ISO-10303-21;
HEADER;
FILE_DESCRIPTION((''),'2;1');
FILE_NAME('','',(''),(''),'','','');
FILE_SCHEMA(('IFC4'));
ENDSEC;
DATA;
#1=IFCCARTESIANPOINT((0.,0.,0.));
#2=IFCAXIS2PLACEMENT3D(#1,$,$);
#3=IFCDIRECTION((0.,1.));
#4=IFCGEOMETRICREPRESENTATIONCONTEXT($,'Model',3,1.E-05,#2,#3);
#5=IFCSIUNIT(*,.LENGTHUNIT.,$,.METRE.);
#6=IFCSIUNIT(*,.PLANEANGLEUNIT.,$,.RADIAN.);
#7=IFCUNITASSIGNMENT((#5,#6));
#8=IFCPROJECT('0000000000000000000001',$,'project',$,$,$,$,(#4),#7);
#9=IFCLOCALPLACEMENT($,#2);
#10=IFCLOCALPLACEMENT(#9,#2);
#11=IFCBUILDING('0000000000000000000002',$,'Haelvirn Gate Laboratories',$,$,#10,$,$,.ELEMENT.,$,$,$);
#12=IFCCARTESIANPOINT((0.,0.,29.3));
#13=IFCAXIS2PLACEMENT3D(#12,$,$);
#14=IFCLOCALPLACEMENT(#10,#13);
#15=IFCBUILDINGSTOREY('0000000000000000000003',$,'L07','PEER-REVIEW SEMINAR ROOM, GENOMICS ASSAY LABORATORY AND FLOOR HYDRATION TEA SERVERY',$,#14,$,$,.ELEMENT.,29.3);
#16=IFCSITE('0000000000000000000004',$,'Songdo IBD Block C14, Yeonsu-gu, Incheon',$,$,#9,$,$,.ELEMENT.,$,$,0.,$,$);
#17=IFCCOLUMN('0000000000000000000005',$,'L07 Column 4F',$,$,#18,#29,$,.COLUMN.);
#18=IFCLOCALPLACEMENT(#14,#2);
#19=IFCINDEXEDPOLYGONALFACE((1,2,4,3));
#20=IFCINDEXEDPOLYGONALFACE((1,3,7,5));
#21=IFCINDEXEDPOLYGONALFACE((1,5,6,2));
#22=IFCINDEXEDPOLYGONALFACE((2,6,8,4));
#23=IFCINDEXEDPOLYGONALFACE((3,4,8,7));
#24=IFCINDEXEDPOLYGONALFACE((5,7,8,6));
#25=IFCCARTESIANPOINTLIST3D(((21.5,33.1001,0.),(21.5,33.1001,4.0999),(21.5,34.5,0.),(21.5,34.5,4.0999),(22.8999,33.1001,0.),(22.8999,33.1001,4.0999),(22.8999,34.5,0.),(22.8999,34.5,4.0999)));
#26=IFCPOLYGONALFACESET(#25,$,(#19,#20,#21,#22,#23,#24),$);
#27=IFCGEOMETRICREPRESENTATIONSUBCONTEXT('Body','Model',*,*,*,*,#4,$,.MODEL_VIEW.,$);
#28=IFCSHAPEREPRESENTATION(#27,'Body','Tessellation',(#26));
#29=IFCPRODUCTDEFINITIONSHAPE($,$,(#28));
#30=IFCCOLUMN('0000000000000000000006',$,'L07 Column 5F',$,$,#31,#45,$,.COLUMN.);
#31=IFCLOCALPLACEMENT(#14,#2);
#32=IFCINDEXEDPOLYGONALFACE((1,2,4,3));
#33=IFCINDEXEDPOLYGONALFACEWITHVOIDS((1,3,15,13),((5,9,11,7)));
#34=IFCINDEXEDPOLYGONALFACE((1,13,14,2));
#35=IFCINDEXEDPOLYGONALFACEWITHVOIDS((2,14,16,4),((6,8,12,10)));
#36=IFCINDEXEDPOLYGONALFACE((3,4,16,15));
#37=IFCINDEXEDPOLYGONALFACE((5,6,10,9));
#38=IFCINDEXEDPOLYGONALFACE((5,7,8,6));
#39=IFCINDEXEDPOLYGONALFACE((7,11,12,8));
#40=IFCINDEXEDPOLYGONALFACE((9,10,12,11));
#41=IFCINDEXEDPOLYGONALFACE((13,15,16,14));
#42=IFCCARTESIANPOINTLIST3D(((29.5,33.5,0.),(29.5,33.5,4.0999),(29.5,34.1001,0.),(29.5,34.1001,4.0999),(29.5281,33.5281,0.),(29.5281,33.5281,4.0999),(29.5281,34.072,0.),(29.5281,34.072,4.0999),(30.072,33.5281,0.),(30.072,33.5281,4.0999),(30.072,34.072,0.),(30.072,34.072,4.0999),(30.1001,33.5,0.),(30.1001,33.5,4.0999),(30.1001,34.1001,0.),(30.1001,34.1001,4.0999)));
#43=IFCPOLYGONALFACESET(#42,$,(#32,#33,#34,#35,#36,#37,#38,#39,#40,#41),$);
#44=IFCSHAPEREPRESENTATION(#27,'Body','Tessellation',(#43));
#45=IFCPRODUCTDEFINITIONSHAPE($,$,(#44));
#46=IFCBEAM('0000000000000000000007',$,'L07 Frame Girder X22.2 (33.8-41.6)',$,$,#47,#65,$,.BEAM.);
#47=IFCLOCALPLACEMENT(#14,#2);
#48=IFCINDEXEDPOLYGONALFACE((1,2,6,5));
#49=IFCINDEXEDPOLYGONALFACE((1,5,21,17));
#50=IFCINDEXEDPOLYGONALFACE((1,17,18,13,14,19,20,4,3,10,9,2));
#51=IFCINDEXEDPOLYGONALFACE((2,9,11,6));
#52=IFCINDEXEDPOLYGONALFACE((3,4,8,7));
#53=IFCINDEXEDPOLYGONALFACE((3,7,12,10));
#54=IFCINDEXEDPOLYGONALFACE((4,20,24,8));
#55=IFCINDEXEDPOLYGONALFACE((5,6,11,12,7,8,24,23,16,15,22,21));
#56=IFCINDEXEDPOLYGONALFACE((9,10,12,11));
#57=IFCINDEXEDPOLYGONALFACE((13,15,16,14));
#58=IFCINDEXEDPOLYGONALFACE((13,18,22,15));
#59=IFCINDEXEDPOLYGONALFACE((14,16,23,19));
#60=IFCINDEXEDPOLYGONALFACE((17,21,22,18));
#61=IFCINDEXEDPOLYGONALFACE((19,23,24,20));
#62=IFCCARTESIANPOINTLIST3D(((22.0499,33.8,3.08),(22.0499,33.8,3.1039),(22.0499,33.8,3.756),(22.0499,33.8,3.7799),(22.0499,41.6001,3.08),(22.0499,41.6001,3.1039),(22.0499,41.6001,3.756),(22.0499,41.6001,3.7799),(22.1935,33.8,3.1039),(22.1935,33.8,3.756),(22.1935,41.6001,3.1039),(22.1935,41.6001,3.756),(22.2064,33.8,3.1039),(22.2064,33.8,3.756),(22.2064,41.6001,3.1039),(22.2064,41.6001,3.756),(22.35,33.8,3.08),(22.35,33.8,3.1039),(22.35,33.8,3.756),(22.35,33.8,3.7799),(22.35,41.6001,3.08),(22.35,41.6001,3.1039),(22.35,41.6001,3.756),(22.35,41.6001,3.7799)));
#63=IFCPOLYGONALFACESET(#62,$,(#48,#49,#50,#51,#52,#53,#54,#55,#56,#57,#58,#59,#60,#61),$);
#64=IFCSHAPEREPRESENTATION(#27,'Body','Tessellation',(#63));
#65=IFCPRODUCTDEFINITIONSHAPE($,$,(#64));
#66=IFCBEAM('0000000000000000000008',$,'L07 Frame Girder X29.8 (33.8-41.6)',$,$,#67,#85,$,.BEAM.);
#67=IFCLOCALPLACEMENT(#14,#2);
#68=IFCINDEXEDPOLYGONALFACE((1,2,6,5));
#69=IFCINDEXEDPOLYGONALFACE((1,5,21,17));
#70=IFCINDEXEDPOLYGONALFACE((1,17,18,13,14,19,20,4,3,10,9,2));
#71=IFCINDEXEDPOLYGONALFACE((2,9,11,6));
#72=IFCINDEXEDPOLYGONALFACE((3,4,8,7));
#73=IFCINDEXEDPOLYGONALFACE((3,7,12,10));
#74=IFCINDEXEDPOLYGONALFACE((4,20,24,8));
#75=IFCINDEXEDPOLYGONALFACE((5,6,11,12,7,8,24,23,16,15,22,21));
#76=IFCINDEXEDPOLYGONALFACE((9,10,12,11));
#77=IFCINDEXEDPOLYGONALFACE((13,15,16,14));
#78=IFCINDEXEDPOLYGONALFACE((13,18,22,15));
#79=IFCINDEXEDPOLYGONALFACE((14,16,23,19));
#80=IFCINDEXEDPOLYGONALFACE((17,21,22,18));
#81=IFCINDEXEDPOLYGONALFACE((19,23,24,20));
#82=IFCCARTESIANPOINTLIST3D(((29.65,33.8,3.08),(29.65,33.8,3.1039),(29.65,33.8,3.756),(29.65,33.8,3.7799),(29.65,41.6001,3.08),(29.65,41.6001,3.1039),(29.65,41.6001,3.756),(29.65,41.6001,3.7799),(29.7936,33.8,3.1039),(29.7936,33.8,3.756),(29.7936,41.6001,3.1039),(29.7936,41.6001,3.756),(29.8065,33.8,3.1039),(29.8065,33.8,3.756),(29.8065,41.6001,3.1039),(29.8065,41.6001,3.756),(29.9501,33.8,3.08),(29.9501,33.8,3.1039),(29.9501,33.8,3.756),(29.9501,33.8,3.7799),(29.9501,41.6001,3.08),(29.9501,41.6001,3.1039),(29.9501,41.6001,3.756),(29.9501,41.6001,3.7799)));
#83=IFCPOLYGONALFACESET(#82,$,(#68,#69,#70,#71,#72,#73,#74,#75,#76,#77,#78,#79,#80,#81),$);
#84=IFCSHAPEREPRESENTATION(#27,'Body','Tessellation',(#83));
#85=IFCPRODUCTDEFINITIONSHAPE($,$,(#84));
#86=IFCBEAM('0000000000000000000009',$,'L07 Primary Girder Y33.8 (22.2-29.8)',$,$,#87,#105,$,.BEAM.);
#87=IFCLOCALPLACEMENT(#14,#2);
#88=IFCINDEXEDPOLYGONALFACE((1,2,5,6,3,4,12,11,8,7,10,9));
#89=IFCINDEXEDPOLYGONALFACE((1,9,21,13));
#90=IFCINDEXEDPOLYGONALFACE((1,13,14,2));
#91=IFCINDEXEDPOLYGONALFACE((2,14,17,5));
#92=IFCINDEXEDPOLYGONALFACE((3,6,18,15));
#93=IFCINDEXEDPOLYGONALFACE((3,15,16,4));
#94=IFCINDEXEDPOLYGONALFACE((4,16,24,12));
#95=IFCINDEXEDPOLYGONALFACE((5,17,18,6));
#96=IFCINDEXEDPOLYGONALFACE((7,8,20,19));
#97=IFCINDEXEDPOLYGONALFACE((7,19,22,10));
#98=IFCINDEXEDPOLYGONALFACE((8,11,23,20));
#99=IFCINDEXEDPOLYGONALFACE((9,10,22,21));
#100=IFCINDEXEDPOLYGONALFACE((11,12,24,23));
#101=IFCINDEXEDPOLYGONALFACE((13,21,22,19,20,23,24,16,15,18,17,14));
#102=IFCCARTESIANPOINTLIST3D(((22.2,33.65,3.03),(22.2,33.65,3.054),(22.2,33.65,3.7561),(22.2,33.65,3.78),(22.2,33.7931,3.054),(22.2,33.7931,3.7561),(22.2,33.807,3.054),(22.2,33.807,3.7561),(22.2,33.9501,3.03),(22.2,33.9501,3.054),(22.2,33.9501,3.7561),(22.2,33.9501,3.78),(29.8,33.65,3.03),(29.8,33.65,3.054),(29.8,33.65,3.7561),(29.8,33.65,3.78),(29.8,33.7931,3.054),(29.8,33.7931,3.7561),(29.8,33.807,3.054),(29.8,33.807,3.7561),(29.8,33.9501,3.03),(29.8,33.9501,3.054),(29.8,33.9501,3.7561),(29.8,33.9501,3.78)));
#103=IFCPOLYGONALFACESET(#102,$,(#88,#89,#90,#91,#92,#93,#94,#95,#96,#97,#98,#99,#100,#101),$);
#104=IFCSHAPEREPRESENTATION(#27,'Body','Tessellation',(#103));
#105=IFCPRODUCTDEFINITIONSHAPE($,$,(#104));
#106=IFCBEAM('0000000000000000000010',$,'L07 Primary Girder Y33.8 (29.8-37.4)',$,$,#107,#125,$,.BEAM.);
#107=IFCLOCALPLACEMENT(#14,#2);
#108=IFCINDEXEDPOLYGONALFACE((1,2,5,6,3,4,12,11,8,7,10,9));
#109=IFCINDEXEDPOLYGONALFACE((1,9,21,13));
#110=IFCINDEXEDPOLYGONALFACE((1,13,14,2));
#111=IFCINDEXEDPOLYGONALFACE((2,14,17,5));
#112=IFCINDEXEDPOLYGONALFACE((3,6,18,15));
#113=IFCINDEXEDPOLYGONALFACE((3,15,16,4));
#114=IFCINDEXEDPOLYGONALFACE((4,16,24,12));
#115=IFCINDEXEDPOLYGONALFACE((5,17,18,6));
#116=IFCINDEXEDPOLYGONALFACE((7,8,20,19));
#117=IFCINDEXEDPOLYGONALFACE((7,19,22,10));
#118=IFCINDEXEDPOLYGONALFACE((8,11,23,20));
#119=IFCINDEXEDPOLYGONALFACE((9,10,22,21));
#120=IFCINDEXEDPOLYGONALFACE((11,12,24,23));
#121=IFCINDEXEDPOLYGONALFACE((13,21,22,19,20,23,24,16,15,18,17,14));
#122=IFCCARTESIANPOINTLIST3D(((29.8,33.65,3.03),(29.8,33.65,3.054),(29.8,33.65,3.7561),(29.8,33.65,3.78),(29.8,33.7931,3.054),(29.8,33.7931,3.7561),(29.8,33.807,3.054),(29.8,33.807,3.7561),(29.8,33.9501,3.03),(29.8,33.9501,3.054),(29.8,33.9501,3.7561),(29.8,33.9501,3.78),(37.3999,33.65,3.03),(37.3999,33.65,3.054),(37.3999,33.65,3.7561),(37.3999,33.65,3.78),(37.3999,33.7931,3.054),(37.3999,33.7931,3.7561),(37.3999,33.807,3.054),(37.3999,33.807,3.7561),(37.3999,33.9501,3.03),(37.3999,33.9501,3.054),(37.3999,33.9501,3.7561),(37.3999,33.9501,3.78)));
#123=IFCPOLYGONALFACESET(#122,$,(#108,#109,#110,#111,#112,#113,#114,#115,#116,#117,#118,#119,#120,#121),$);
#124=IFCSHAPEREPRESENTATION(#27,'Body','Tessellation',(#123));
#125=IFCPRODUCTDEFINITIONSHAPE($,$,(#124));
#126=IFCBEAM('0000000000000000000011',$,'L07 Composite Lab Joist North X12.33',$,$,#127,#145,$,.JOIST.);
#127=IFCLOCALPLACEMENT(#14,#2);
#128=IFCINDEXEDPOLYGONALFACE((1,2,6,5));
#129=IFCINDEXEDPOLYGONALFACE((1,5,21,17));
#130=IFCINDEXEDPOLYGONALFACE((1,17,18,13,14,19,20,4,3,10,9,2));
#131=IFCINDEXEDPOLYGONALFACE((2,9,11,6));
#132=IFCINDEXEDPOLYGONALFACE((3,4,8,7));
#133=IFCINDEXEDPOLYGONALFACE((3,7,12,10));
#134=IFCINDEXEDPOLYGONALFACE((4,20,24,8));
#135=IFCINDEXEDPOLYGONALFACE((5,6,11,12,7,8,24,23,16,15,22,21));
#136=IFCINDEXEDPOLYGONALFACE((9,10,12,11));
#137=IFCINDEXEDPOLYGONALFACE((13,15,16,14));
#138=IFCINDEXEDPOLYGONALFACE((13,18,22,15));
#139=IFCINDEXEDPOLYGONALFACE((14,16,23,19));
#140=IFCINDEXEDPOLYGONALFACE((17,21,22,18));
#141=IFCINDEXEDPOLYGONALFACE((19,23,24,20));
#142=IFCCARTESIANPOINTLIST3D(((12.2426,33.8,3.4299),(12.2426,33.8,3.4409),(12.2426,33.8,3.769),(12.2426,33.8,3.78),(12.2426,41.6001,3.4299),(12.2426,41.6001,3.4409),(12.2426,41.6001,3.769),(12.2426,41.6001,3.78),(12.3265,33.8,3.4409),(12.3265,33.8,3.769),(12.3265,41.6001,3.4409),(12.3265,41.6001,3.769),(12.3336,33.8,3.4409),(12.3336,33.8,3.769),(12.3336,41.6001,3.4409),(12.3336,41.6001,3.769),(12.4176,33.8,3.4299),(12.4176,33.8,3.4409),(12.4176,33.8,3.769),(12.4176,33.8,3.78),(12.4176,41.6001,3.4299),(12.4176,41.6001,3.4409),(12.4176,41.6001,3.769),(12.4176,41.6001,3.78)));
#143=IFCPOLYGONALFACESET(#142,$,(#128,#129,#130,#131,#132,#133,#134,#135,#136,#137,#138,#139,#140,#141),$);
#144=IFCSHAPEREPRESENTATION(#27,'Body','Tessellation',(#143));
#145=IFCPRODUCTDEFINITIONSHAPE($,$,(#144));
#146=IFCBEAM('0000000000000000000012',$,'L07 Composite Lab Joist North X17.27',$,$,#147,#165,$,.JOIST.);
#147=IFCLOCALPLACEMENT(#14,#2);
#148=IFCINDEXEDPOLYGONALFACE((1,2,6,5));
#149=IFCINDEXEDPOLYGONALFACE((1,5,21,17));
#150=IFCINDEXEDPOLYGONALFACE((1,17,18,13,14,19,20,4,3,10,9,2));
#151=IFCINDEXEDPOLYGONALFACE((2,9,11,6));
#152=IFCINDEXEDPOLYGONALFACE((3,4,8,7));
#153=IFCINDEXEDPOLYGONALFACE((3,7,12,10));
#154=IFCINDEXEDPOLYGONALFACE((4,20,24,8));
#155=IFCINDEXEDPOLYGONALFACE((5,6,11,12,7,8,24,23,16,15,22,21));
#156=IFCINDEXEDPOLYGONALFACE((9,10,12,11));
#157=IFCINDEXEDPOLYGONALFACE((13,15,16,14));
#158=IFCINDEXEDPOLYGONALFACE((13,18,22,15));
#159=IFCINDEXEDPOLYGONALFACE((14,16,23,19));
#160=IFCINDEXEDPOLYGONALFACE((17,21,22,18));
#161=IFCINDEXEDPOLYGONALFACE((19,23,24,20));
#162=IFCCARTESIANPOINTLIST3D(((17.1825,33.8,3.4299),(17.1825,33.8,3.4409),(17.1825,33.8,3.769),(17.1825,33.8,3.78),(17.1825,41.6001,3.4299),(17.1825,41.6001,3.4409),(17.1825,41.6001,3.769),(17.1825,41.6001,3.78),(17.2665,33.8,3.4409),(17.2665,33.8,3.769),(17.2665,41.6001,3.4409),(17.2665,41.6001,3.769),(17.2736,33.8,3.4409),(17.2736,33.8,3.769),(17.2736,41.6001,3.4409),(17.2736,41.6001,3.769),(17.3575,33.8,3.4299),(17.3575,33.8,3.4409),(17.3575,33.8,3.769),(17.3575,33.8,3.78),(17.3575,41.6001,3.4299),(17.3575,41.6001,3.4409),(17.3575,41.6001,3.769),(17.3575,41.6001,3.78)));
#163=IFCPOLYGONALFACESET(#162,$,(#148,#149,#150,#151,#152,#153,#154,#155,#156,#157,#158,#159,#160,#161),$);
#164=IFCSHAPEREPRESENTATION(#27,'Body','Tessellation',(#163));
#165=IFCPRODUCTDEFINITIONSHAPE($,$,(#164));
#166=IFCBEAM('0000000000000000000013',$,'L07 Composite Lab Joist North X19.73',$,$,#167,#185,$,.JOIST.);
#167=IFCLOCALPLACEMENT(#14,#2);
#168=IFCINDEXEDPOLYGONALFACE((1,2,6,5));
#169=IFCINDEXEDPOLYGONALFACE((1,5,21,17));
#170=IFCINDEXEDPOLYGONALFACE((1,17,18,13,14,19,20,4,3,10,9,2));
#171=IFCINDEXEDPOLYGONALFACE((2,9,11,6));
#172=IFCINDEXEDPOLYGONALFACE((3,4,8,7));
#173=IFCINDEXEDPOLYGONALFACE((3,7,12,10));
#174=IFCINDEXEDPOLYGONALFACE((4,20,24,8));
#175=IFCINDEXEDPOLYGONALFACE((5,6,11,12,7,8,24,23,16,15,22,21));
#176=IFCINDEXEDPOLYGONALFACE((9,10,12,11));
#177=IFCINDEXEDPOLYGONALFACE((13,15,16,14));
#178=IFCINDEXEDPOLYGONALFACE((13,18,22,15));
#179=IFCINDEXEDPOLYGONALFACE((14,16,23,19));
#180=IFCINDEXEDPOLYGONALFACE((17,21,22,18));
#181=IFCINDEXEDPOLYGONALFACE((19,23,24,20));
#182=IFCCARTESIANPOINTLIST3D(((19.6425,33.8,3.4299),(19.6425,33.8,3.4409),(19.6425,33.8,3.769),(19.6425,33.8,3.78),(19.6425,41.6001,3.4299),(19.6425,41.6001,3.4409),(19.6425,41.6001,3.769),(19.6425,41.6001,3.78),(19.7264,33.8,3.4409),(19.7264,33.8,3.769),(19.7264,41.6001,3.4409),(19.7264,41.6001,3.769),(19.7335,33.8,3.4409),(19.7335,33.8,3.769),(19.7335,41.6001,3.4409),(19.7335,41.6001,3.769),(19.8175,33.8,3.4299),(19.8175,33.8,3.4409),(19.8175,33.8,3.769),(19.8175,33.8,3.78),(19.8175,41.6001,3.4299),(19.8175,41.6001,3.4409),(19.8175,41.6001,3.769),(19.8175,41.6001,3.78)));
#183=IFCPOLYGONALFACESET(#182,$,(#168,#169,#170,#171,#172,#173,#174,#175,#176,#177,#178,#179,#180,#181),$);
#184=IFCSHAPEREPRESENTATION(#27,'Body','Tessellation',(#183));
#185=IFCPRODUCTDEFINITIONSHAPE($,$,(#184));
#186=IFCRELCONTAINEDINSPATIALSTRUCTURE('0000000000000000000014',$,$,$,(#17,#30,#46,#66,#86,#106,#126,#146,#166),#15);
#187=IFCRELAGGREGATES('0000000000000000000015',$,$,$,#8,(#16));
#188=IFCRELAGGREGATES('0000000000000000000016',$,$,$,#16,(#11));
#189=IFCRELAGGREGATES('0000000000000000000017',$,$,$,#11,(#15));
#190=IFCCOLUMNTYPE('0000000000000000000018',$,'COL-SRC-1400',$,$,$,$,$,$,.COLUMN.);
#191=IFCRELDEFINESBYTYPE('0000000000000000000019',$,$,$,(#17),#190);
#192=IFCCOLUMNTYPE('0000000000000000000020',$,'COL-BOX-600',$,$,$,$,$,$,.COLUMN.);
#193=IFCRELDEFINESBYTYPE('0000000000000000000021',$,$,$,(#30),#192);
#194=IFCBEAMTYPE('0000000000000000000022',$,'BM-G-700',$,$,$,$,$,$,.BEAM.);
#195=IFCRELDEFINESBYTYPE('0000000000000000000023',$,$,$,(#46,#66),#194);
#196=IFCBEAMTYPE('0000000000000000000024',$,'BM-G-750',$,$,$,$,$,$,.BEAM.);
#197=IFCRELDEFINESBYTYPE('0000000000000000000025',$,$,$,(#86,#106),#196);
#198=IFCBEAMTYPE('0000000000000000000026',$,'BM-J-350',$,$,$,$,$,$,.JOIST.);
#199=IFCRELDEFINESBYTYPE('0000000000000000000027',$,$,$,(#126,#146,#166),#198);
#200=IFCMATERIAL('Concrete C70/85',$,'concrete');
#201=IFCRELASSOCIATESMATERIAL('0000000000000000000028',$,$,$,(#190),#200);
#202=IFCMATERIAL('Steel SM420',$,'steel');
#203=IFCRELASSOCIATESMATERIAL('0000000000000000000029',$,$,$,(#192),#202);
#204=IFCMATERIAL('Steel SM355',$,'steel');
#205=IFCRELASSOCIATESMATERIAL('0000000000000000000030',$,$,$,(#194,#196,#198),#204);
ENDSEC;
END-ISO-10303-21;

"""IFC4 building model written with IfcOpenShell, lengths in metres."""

from ifc_helpers import new_model, si_unit, direction, frame, origin, origin_2d, place, context, subcontext, project, spatial, rectangle, hollow_rectangle, i_section, extrude, source, transform, mapped, material, material_profile, profile_set, type_object, type_shapes, element, save


model = new_model("IFC4")

# Units and contexts
model_context = context("Model", 3, precision=1e-05, world=origin(), true_north=direction((0.0, 1.0)))
body_context = subcontext(model_context, "Body", "Model", "MODEL_VIEW")
ifc_project = project(units=[si_unit("LENGTHUNIT", "METRE"), si_unit("PLANEANGLEUNIT", "RADIAN")], contexts=[model_context])

# Site, building, storey
site_placement = place(None, origin())
site = spatial("IfcSite", under=ifc_project, at=site_placement, Name="Songdo IBD Block C14, Yeonsu-gu, Incheon", CompositionType="ELEMENT", RefElevation=0.0)
building_placement = place(site_placement, origin())
building = spatial("IfcBuilding", under=site, at=building_placement, Name="Haelvirn Gate Laboratories", CompositionType="ELEMENT")
storey_placement = place(building_placement, frame((0.0, 0.0, 29.3)))
storey = spatial("IfcBuildingStorey", under=building, at=storey_placement, Name="L07", Description="PEER-REVIEW SEMINAR ROOM, GENOMICS ASSAY LABORATORY AND FLOOR HYDRATION TEA SERVERY", CompositionType="ELEMENT", Elevation=29.3)

# Columns
ifc_material_1 = material(Name="Concrete C70/85", Category="concrete")
ifc_material_profile_1 = material_profile(ifc_material_1, rectangle(XDim=1.3999, YDim=1.3999, at=origin_2d()), Name="SRC-1400x1400")
ifc_profile_set_1 = profile_set([ifc_material_profile_1], Name="Concrete C70/85")
column_type_1 = type_object("IfcColumnType", Name="COL-SRC-1400", PredefinedType="COLUMN", material=ifc_profile_set_1)
shared_shape_1 = source(origin(), body_context, "Body", "SweptSolid", [
    extrude(rectangle(XDim=1.3999, YDim=1.3999, at=origin_2d()), origin(), (0.0, 0.0, 1.0), 4.0999),
])
type_shapes(column_type_1, [shared_shape_1])
column_1_placement = place(storey_placement, frame((22.2, 33.8, 0.0), z_axis=(0.0, 0.0, 1.0), x_axis=(1.0, 0.0, 0.0)))
element("IfcColumn", 1, at=column_1_placement, inside=storey, type_object=column_type_1, Name="L07 Column 4F", PredefinedType="COLUMN", context=body_context, shape_type="MappedRepresentation", body=[
    mapped(shared_shape_1, transform((0.0, 0.0, 0.0), scale=1.0)),
])
ifc_material_2 = material(Name="Steel SM420", Category="steel")
ifc_material_profile_2 = material_profile(ifc_material_2, hollow_rectangle(XDim=0.6001, YDim=0.6001, WallThickness=0.0281, at=origin_2d()), Name="BOX-600x600x28")
ifc_profile_set_2 = profile_set([ifc_material_profile_2], Name="Steel SM420")
column_type_2 = type_object("IfcColumnType", Name="COL-BOX-600", PredefinedType="COLUMN", material=ifc_profile_set_2)
shared_shape_2 = source(origin(), body_context, "Body", "SweptSolid", [
    extrude(hollow_rectangle(XDim=0.6001, YDim=0.6001, WallThickness=0.0281, at=origin_2d()), origin(), (0.0, 0.0, 1.0), 4.0999),
])
type_shapes(column_type_2, [shared_shape_2])
column_2_placement = place(storey_placement, frame((29.8, 33.8, 0.0), z_axis=(0.0, 0.0, 1.0), x_axis=(1.0, 0.0, 0.0)))
element("IfcColumn", 2, at=column_2_placement, inside=storey, type_object=column_type_2, Name="L07 Column 5F", PredefinedType="COLUMN", context=body_context, shape_type="MappedRepresentation", body=[
    mapped(shared_shape_2, transform((0.0, 0.0, 0.0), scale=1.0)),
])

# Beams
ifc_material_3 = material(Name="Steel SM355", Category="steel")
ifc_material_profile_3 = material_profile(ifc_material_3, i_section(OverallWidth=0.3, OverallDepth=0.7, WebThickness=0.0129, FlangeThickness=0.0239, at=origin_2d()), Name="H-700x300x13x24")
ifc_profile_set_3 = profile_set([ifc_material_profile_3], Name="Steel SM355")
beam_type_1 = type_object("IfcBeamType", Name="BM-G-700", PredefinedType="BEAM", material=ifc_profile_set_3)
shared_shape_3 = source(origin(), body_context, "Body", "SweptSolid", [
    extrude(i_section(OverallWidth=0.3, OverallDepth=0.7, WebThickness=0.0129, FlangeThickness=0.0239, at=origin_2d()), origin(), (0.0, 0.0, 1.0), 7.8),
])
type_shapes(beam_type_1, [shared_shape_3])
for number, where, z_axis, x_axis, name in (
    (3, (22.2, 33.8, 3.4299), (0.0, 1.0, 0.0), (-1.0, 0.0, 0.0), "L07 Frame Girder X22.2 (33.8-41.6)"),
    (4, (29.8, 33.8, 3.4299), (0.0, 1.0, 0.0), (-1.0, 0.0, 0.0), "L07 Frame Girder X29.8 (33.8-41.6)"),
):
    element("IfcBeam", number, at=place(storey_placement, frame(where, z_axis=z_axis, x_axis=x_axis)), inside=storey, type_object=beam_type_1, Name=name, PredefinedType="BEAM", context=body_context, shape_type="MappedRepresentation", body=[
        mapped(shared_shape_3, transform((0.0, 0.0, 0.0), scale=1.0)),
    ])
ifc_material_profile_4 = material_profile(ifc_material_3, i_section(OverallWidth=0.3, OverallDepth=0.75, WebThickness=0.0139, FlangeThickness=0.0239, at=origin_2d()), Name="H-750x300x14x24")
ifc_profile_set_4 = profile_set([ifc_material_profile_4], Name="Steel SM355")
beam_type_2 = type_object("IfcBeamType", Name="BM-G-750", PredefinedType="BEAM", material=ifc_profile_set_4)
shared_shape_4 = source(origin(), body_context, "Body", "SweptSolid", [
    extrude(i_section(OverallWidth=0.3, OverallDepth=0.75, WebThickness=0.0139, FlangeThickness=0.0239, at=origin_2d()), origin(), (0.0, 0.0, 1.0), 7.6001),
])
beam_1_placement = place(storey_placement, frame((22.2, 33.8, 3.405), z_axis=(1.0, 0.0, 0.0), x_axis=(0.0, 1.0, 0.0)))
element("IfcBeam", 5, at=beam_1_placement, inside=storey, type_object=beam_type_2, Name="L07 Primary Girder Y33.8 (22.2-29.8)", PredefinedType="BEAM", context=body_context, shape_type="MappedRepresentation", body=[
    mapped(shared_shape_4, transform((0.0, 0.0, 0.0), scale=1.0)),
])
shared_shape_5 = source(origin(), body_context, "Body", "SweptSolid", [
    extrude(i_section(OverallWidth=0.3, OverallDepth=0.75, WebThickness=0.0139, FlangeThickness=0.0239, at=origin_2d()), origin(), (0.0, 0.0, 1.0), 7.5999),
])
type_shapes(beam_type_2, [shared_shape_4, shared_shape_5])
beam_2_placement = place(storey_placement, frame((29.8, 33.8, 3.405), z_axis=(1.0, 0.0, 0.0), x_axis=(0.0, 1.0, 0.0)))
element("IfcBeam", 6, at=beam_2_placement, inside=storey, type_object=beam_type_2, Name="L07 Primary Girder Y33.8 (29.8-37.4)", PredefinedType="BEAM", context=body_context, shape_type="MappedRepresentation", body=[
    mapped(shared_shape_5, transform((0.0, 0.0, 0.0), scale=1.0)),
])
ifc_material_profile_5 = material_profile(ifc_material_3, i_section(OverallWidth=0.175, OverallDepth=0.3501, WebThickness=0.0071, FlangeThickness=0.011, at=origin_2d()), Name="H-350x175x7x11")
ifc_profile_set_5 = profile_set([ifc_material_profile_5], Name="Steel SM355")
beam_type_3 = type_object("IfcBeamType", Name="BM-J-350", PredefinedType="JOIST", material=ifc_profile_set_5)
shared_shape_6 = source(origin(), body_context, "Body", "SweptSolid", [
    extrude(i_section(OverallWidth=0.175, OverallDepth=0.3501, WebThickness=0.0071, FlangeThickness=0.011, at=origin_2d()), origin(), (0.0, 0.0, 1.0), 7.8),
])
type_shapes(beam_type_3, [shared_shape_6])
for number, where, z_axis, x_axis, name in (
    (7, (12.3301, 33.8, 3.605), (0.0, 1.0, 0.0), (-1.0, 0.0, 0.0), "L07 Composite Lab Joist North X12.33"),
    (8, (17.27, 33.8, 3.605), (0.0, 1.0, 0.0), (-1.0, 0.0, 0.0), "L07 Composite Lab Joist North X17.27"),
    (9, (19.73, 33.8, 3.605), (0.0, 1.0, 0.0), (-1.0, 0.0, 0.0), "L07 Composite Lab Joist North X19.73"),
):
    element("IfcBeam", number, at=place(storey_placement, frame(where, z_axis=z_axis, x_axis=x_axis)), inside=storey, type_object=beam_type_3, Name=name, PredefinedType="JOIST", context=body_context, shape_type="MappedRepresentation", body=[
        mapped(shared_shape_6, transform((0.0, 0.0, 0.0), scale=1.0)),
    ])

save(model, "model.ifc")
